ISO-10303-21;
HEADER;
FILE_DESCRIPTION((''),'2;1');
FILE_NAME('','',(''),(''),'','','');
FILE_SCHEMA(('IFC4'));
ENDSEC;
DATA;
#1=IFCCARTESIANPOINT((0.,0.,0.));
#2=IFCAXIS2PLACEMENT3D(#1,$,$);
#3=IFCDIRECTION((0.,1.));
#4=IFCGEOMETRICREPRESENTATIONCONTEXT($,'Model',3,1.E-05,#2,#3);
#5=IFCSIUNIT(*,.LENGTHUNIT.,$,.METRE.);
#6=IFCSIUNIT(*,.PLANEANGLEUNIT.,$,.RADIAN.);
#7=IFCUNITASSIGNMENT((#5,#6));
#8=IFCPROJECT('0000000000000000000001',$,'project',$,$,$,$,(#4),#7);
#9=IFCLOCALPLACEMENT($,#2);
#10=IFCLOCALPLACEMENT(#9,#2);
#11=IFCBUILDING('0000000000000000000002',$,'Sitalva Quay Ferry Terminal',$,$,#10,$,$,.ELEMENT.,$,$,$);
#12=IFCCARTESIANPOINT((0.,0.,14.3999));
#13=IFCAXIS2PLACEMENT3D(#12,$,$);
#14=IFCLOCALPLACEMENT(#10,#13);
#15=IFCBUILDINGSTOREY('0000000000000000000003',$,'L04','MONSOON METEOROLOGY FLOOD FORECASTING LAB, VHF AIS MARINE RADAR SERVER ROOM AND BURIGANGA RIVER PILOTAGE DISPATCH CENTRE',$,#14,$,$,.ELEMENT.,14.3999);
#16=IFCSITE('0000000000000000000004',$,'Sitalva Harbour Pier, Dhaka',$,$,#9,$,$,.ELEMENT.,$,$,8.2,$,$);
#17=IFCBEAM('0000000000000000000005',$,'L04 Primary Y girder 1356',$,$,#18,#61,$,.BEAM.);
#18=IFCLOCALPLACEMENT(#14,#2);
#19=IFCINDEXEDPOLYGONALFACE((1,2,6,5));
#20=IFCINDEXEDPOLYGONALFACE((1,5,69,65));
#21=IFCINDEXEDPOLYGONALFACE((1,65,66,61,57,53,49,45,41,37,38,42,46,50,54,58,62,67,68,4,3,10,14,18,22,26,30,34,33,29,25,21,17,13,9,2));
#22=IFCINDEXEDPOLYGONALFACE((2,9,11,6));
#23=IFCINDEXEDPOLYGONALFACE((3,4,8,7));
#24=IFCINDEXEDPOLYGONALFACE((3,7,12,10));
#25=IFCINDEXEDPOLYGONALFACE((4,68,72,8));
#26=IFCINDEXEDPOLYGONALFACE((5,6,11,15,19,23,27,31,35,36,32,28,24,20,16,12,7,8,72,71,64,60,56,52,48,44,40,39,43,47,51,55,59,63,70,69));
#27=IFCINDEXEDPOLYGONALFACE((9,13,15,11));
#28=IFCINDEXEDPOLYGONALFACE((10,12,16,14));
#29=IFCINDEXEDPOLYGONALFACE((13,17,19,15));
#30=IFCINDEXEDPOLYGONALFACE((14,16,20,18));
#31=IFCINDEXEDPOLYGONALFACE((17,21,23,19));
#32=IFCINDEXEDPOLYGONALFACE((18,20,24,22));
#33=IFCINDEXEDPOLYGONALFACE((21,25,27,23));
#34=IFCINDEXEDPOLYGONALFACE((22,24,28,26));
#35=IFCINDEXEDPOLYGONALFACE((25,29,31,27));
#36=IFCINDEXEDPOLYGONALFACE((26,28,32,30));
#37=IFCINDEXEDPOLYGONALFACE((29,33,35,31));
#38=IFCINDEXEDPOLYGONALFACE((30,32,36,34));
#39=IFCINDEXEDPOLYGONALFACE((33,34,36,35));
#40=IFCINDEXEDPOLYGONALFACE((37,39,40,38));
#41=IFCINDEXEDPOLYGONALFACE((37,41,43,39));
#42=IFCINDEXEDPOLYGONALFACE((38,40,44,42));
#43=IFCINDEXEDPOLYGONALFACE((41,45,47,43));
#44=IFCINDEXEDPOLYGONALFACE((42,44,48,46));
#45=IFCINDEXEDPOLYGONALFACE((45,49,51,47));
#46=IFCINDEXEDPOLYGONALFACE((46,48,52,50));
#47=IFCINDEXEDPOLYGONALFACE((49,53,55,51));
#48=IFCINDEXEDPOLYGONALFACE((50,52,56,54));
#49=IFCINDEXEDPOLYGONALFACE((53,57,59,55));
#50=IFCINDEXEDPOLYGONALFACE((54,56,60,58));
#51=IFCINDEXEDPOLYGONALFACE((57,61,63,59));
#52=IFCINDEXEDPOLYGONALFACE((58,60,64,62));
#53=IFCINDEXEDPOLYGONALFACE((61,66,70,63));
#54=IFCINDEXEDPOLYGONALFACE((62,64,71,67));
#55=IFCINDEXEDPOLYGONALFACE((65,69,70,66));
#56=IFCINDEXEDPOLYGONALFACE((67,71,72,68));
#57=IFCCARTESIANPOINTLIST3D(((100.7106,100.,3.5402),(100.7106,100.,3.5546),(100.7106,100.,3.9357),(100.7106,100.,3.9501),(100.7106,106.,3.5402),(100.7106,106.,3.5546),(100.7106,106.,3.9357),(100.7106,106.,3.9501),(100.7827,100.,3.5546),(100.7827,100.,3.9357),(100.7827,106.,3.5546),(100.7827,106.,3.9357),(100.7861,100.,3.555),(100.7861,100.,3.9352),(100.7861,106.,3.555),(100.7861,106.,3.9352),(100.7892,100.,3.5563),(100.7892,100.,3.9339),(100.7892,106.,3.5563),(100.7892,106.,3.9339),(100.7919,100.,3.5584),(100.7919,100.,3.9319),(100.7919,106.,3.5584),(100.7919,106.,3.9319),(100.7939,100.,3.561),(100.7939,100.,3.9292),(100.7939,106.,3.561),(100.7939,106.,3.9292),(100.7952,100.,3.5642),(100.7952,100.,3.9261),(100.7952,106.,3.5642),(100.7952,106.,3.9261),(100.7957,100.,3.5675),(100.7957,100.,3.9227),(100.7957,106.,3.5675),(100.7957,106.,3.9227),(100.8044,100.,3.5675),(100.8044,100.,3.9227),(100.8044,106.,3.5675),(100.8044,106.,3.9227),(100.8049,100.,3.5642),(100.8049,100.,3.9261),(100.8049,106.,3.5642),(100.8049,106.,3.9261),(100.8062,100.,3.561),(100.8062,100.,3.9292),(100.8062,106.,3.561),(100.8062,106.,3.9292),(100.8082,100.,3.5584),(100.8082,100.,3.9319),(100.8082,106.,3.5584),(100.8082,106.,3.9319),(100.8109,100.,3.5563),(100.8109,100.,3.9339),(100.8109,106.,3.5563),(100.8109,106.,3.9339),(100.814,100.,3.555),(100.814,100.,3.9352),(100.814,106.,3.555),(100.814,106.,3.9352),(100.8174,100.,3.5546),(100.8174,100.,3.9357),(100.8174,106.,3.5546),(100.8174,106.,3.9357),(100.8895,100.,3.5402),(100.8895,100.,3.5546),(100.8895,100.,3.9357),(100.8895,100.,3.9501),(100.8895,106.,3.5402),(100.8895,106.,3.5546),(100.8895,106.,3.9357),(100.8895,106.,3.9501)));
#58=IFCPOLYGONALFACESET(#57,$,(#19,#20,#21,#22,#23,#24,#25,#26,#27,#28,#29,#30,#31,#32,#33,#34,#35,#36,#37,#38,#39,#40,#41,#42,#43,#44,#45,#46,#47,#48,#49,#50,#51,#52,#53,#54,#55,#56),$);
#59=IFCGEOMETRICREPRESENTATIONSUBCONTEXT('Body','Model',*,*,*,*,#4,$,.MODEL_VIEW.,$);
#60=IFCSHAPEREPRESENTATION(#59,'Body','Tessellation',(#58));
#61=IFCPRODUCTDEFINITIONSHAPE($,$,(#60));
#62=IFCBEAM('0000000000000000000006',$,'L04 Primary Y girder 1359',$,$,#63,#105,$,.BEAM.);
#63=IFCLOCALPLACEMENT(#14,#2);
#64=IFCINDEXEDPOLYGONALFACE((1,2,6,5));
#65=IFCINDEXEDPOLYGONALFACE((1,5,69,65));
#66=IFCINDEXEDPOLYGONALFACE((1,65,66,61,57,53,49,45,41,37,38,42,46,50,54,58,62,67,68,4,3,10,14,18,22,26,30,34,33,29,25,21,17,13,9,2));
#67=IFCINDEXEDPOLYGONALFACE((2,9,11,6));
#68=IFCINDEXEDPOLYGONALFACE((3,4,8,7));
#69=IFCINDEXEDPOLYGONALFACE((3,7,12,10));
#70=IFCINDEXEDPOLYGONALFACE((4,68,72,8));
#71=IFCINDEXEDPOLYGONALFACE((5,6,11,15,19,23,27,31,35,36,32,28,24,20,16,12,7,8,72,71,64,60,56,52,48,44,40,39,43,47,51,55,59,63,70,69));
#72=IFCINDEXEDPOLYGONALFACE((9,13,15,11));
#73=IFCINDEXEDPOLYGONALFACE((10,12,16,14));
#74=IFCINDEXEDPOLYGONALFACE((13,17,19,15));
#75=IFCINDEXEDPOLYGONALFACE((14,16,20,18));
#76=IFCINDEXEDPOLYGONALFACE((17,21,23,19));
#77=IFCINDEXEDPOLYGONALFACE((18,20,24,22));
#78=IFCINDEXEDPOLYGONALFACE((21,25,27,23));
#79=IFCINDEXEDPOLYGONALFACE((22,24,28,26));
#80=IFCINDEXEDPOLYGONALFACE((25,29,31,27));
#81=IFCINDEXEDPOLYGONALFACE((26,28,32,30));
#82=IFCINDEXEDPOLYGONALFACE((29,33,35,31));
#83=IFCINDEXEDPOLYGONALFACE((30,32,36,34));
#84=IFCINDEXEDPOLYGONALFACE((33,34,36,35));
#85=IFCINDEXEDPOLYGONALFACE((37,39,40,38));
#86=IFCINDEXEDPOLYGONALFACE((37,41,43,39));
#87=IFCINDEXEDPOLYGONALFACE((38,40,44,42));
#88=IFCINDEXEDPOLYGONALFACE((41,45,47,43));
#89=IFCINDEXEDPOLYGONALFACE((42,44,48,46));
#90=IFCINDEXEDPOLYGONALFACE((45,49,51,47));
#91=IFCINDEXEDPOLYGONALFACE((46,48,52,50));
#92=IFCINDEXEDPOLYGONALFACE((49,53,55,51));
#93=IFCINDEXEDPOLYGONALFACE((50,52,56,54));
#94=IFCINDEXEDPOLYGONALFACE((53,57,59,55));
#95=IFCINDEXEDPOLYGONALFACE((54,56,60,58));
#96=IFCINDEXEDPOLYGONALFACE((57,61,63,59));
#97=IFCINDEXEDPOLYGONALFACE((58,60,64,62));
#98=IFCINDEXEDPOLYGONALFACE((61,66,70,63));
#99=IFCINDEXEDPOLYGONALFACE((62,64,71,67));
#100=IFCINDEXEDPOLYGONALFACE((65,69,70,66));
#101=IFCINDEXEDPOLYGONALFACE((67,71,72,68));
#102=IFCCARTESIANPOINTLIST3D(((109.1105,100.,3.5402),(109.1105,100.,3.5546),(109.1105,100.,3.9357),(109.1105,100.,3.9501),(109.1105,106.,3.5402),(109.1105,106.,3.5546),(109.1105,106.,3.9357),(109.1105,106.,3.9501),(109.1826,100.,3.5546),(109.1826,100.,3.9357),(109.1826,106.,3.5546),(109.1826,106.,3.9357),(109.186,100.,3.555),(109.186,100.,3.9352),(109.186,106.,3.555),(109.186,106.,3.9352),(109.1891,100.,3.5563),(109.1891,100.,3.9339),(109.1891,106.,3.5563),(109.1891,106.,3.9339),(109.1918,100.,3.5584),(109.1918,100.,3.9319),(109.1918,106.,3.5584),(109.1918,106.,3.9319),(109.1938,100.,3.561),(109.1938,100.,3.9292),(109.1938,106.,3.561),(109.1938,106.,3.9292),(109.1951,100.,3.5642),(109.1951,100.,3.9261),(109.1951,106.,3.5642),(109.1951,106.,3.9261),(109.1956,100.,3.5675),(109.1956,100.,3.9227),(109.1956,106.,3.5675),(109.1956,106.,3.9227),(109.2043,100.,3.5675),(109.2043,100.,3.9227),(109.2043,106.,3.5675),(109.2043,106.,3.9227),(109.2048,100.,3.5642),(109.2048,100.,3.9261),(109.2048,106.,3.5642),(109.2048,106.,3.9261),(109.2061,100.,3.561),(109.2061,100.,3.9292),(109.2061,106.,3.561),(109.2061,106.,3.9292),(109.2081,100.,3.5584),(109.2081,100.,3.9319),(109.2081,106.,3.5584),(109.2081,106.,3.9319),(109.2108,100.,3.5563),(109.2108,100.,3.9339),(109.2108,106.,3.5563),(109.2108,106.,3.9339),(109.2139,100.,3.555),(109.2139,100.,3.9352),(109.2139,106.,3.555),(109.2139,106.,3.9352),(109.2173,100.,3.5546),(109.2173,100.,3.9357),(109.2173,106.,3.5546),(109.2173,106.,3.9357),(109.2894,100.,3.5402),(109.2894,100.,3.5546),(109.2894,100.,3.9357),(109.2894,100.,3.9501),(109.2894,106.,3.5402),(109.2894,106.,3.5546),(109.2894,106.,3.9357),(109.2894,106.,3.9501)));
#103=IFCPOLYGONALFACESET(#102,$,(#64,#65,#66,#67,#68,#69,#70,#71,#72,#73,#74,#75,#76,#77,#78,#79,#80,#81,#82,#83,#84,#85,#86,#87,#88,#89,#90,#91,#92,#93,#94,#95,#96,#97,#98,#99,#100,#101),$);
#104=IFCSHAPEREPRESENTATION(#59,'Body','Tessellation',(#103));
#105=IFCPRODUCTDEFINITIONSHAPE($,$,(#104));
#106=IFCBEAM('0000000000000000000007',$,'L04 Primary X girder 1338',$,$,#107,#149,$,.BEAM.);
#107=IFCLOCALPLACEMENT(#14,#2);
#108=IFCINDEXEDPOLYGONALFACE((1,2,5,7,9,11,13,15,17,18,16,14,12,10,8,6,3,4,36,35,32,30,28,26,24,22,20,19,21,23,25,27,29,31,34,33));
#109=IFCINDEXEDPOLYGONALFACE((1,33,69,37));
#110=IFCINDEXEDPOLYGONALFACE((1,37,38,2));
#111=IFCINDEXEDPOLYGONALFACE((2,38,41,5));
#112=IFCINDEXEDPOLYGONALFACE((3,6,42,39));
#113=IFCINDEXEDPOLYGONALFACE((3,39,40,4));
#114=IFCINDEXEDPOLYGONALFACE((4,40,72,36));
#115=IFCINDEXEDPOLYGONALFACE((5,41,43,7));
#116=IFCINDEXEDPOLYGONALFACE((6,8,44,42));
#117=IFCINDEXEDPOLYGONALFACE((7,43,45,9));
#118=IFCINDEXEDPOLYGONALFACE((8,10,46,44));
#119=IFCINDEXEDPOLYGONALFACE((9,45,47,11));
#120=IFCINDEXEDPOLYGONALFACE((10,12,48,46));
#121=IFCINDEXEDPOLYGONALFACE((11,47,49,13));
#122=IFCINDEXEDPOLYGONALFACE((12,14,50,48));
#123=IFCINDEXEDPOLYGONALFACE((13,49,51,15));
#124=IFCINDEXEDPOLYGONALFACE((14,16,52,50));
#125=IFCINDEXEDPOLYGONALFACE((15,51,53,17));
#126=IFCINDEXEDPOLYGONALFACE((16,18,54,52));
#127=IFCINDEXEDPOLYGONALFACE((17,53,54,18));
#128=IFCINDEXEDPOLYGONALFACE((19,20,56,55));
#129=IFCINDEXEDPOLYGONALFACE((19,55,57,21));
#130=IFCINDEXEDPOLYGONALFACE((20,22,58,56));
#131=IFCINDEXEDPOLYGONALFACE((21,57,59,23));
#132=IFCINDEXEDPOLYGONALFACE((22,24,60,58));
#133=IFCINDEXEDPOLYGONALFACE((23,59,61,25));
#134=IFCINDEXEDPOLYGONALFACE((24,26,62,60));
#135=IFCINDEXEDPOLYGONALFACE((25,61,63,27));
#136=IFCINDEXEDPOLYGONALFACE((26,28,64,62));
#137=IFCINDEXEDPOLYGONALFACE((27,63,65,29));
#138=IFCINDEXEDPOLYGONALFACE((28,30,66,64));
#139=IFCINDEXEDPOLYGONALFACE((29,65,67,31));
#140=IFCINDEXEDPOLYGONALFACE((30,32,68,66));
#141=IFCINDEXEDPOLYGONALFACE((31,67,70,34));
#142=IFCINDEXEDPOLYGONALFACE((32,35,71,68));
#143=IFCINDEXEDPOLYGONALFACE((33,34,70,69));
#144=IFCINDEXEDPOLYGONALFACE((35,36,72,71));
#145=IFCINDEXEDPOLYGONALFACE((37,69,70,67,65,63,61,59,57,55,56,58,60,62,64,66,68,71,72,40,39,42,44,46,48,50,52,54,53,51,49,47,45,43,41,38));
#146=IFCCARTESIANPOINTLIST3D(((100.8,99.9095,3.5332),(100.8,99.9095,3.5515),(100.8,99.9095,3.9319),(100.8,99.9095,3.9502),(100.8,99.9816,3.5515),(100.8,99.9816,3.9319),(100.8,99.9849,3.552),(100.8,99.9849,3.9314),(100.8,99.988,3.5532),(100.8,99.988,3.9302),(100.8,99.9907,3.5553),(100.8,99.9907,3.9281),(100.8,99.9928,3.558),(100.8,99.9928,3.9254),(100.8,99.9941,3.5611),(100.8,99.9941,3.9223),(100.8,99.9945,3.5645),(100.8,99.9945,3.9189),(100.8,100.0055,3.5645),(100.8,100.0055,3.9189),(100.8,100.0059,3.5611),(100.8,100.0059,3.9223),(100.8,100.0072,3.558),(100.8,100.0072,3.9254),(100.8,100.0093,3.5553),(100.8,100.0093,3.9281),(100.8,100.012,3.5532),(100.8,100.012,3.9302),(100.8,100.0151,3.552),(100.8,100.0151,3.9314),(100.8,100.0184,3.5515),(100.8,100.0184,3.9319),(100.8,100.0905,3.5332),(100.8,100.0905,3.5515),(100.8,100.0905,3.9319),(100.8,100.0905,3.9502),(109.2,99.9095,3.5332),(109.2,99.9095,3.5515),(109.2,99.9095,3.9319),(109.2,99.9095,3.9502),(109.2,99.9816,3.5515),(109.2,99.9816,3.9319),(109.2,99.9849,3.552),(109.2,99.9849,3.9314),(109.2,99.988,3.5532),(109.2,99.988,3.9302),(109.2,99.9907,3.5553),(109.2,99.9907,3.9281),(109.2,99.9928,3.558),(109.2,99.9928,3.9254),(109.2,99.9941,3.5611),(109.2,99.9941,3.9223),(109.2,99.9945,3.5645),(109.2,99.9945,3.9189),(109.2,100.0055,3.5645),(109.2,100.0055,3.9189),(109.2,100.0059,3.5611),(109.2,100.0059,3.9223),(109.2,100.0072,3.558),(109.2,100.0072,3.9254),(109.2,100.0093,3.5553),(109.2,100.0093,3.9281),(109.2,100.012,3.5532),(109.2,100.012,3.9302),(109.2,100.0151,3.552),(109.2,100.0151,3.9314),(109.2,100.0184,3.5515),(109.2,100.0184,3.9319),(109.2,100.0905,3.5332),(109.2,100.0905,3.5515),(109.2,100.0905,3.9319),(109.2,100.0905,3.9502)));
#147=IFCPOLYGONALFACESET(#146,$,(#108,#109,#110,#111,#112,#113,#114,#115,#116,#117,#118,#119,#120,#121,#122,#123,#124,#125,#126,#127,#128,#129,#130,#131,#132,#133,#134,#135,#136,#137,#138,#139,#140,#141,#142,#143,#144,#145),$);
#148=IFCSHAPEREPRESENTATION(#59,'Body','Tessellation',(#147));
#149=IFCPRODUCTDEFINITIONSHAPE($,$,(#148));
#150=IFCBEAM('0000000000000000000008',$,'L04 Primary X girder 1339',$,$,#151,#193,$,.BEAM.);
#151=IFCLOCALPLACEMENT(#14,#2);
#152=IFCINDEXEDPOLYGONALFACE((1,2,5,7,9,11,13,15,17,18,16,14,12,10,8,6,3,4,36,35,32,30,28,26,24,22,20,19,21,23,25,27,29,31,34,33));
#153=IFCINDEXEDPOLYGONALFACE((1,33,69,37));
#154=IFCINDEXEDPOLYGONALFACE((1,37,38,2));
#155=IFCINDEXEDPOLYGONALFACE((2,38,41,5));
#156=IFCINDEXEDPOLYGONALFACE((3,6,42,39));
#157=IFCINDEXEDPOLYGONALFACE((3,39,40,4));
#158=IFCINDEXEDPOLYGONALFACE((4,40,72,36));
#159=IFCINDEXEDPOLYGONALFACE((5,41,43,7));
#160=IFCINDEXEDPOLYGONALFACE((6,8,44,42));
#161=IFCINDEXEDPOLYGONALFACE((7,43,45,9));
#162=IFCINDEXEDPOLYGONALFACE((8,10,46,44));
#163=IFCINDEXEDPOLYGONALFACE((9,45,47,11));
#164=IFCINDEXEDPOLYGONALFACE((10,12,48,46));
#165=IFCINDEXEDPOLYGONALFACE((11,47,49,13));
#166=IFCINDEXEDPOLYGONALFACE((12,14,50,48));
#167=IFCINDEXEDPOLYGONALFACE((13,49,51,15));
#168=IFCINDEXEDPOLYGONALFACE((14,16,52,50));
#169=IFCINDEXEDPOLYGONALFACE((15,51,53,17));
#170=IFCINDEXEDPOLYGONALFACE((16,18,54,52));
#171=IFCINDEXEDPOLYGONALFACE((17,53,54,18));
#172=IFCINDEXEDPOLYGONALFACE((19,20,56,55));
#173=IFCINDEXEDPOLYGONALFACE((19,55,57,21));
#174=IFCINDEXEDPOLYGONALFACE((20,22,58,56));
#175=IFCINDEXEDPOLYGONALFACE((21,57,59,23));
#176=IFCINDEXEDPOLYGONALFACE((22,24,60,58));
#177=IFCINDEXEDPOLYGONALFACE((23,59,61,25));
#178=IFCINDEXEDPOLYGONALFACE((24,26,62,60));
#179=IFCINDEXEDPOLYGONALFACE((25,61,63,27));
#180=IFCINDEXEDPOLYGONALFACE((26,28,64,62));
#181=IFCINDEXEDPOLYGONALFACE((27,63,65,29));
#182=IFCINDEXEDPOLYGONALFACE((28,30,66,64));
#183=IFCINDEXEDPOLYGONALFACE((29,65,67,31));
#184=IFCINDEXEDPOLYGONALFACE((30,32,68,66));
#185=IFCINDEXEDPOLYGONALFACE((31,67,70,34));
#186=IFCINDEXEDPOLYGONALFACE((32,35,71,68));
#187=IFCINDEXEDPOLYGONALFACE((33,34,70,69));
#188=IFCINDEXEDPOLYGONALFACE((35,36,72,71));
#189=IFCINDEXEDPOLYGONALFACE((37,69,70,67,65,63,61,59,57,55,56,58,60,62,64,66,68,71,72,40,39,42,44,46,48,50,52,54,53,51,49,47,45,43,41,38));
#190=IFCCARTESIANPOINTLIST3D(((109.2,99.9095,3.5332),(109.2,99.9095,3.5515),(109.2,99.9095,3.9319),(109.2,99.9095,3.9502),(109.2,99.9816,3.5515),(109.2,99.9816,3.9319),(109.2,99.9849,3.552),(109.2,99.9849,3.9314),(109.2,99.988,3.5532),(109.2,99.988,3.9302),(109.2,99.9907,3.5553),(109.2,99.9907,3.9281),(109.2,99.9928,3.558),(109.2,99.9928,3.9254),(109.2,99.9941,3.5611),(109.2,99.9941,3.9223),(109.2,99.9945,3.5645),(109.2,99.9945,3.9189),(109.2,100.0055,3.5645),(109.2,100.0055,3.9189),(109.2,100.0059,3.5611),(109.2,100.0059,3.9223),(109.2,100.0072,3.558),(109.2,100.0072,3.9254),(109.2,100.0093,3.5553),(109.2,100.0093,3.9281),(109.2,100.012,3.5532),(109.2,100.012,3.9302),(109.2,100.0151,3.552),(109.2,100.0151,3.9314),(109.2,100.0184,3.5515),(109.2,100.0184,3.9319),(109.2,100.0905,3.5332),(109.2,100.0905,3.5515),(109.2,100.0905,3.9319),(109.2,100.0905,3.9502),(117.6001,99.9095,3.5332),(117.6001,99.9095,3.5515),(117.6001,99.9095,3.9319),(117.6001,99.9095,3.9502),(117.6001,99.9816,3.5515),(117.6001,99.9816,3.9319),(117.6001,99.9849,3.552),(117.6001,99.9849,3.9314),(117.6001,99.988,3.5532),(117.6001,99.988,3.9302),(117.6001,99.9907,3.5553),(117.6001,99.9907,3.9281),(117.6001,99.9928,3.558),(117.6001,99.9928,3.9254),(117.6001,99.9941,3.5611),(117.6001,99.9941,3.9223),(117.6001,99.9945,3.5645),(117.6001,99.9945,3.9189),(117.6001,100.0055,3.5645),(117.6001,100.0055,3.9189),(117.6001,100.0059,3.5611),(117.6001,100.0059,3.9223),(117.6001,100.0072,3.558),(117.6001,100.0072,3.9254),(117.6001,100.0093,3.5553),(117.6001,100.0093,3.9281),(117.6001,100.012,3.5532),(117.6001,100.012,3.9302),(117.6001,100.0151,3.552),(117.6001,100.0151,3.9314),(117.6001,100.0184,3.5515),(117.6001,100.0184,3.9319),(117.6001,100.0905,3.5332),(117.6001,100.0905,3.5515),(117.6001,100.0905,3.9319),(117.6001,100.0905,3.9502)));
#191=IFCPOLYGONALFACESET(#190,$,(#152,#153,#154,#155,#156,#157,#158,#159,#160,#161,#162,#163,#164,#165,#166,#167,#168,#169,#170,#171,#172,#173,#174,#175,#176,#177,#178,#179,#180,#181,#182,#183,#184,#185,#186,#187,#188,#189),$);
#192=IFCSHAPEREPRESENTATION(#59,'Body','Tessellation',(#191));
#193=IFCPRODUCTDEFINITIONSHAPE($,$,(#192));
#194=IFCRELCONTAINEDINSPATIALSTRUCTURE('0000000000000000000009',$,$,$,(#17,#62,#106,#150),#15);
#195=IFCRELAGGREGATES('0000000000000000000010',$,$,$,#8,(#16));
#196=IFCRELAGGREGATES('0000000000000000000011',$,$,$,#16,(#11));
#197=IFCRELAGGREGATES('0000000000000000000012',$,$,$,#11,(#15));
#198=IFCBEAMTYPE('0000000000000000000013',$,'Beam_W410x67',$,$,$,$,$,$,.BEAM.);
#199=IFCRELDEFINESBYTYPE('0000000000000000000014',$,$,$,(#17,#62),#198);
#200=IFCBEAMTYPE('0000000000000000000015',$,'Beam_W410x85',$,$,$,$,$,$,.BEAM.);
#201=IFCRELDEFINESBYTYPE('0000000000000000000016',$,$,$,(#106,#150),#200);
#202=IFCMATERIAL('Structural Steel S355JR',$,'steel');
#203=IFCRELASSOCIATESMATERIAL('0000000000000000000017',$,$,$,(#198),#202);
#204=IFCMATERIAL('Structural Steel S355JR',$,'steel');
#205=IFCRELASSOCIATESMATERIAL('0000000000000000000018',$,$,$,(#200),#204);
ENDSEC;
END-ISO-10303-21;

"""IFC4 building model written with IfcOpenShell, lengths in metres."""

from ifc_helpers import new_model, si_unit, direction, frame, origin, origin_2d, place, context, subcontext, project, spatial, i_section, extrude, material, material_profile, profile_set, type_object, element, save


model = new_model("IFC4")

# Units and contexts
model_context = context("Model", 3, precision=1e-05, world=origin(), true_north=direction((0.0, 1.0)))
body_context = subcontext(model_context, "Body", "Model", "MODEL_VIEW")
ifc_project = project(units=[si_unit("LENGTHUNIT", "METRE"), si_unit("PLANEANGLEUNIT", "RADIAN")], contexts=[model_context])

# Site, building, storey
site_placement = place(None, origin())
site = spatial("IfcSite", under=ifc_project, at=site_placement, Name="Sitalva Harbour Pier, Dhaka", CompositionType="ELEMENT", RefElevation=8.2)
building_placement = place(site_placement, origin())
building = spatial("IfcBuilding", under=site, at=building_placement, Name="Sitalva Quay Ferry Terminal", CompositionType="ELEMENT")
storey_placement = place(building_placement, frame((0.0, 0.0, 14.3999)))
storey = spatial("IfcBuildingStorey", under=building, at=storey_placement, Name="L04", Description="MONSOON METEOROLOGY FLOOD FORECASTING LAB, VHF AIS MARINE RADAR SERVER ROOM AND BURIGANGA RIVER PILOTAGE DISPATCH CENTRE", CompositionType="ELEMENT", Elevation=14.3999)

# Beams
ifc_material_1 = material(Name="Structural Steel S355JR", Category="steel")
ifc_material_profile_1 = material_profile(ifc_material_1, i_section(OverallWidth=0.179, OverallDepth=0.4099, WebThickness=0.0088, FlangeThickness=0.0144, FilletRadius=0.0129, at=origin_2d()), Name="W410x67")
ifc_profile_set_1 = profile_set([ifc_material_profile_1], Name="Structural Steel S355JR")
beam_type_1 = type_object("IfcBeamType", Name="Beam_W410x67", PredefinedType="BEAM", material=ifc_profile_set_1)
for number, where, z_axis, x_axis, name in (
    (1, (100.8, 100.0, 3.7451), (0.0, 1.0, 0.0), (-1.0, 0.0, 0.0), "L04 Primary Y girder 1356"),
    (2, (109.2, 100.0, 3.7451), (0.0, 1.0, 0.0), (-1.0, 0.0, 0.0), "L04 Primary Y girder 1359"),
):
    element("IfcBeam", number, at=place(storey_placement, frame(where, z_axis=z_axis, x_axis=x_axis)), inside=storey, type_object=beam_type_1, Name=name, PredefinedType="BEAM", context=body_context, shape_type="SweptSolid", body=[
        extrude(i_section(OverallWidth=0.179, OverallDepth=0.4099, WebThickness=0.0088, FlangeThickness=0.0144, FilletRadius=0.0129, at=origin_2d()), origin(), (0.0, 0.0, 1.0), 6.0),
    ])
ifc_material_2 = material(Name="Structural Steel S355JR", Category="steel")
ifc_material_profile_2 = material_profile(ifc_material_2, i_section(OverallWidth=0.1809, OverallDepth=0.417, WebThickness=0.011, FlangeThickness=0.0183, FilletRadius=0.0129, at=origin_2d()), Name="W410x85")
ifc_profile_set_2 = profile_set([ifc_material_profile_2], Name="Structural Steel S355JR")
beam_type_2 = type_object("IfcBeamType", Name="Beam_W410x85", PredefinedType="BEAM", material=ifc_profile_set_2)
beam_1_placement = place(storey_placement, frame((100.8, 100.0, 3.7417), z_axis=(1.0, 0.0, 0.0), x_axis=(0.0, 1.0, 0.0)))
element("IfcBeam", 3, at=beam_1_placement, inside=storey, type_object=beam_type_2, Name="L04 Primary X girder 1338", PredefinedType="BEAM", context=body_context, shape_type="SweptSolid", body=[
    extrude(i_section(OverallWidth=0.1809, OverallDepth=0.417, WebThickness=0.011, FlangeThickness=0.0183, FilletRadius=0.0129, at=origin_2d()), origin(), (0.0, 0.0, 1.0), 8.3999),
])
beam_2_placement = place(storey_placement, frame((109.2, 100.0, 3.7417), z_axis=(1.0, 0.0, 0.0), x_axis=(0.0, 1.0, 0.0)))
element("IfcBeam", 4, at=beam_2_placement, inside=storey, type_object=beam_type_2, Name="L04 Primary X girder 1339", PredefinedType="BEAM", context=body_context, shape_type="SweptSolid", body=[
    extrude(i_section(OverallWidth=0.1809, OverallDepth=0.417, WebThickness=0.011, FlangeThickness=0.0183, FilletRadius=0.0129, at=origin_2d()), origin(), (0.0, 0.0, 1.0), 8.4001),
])

save(model, "model.ifc")
